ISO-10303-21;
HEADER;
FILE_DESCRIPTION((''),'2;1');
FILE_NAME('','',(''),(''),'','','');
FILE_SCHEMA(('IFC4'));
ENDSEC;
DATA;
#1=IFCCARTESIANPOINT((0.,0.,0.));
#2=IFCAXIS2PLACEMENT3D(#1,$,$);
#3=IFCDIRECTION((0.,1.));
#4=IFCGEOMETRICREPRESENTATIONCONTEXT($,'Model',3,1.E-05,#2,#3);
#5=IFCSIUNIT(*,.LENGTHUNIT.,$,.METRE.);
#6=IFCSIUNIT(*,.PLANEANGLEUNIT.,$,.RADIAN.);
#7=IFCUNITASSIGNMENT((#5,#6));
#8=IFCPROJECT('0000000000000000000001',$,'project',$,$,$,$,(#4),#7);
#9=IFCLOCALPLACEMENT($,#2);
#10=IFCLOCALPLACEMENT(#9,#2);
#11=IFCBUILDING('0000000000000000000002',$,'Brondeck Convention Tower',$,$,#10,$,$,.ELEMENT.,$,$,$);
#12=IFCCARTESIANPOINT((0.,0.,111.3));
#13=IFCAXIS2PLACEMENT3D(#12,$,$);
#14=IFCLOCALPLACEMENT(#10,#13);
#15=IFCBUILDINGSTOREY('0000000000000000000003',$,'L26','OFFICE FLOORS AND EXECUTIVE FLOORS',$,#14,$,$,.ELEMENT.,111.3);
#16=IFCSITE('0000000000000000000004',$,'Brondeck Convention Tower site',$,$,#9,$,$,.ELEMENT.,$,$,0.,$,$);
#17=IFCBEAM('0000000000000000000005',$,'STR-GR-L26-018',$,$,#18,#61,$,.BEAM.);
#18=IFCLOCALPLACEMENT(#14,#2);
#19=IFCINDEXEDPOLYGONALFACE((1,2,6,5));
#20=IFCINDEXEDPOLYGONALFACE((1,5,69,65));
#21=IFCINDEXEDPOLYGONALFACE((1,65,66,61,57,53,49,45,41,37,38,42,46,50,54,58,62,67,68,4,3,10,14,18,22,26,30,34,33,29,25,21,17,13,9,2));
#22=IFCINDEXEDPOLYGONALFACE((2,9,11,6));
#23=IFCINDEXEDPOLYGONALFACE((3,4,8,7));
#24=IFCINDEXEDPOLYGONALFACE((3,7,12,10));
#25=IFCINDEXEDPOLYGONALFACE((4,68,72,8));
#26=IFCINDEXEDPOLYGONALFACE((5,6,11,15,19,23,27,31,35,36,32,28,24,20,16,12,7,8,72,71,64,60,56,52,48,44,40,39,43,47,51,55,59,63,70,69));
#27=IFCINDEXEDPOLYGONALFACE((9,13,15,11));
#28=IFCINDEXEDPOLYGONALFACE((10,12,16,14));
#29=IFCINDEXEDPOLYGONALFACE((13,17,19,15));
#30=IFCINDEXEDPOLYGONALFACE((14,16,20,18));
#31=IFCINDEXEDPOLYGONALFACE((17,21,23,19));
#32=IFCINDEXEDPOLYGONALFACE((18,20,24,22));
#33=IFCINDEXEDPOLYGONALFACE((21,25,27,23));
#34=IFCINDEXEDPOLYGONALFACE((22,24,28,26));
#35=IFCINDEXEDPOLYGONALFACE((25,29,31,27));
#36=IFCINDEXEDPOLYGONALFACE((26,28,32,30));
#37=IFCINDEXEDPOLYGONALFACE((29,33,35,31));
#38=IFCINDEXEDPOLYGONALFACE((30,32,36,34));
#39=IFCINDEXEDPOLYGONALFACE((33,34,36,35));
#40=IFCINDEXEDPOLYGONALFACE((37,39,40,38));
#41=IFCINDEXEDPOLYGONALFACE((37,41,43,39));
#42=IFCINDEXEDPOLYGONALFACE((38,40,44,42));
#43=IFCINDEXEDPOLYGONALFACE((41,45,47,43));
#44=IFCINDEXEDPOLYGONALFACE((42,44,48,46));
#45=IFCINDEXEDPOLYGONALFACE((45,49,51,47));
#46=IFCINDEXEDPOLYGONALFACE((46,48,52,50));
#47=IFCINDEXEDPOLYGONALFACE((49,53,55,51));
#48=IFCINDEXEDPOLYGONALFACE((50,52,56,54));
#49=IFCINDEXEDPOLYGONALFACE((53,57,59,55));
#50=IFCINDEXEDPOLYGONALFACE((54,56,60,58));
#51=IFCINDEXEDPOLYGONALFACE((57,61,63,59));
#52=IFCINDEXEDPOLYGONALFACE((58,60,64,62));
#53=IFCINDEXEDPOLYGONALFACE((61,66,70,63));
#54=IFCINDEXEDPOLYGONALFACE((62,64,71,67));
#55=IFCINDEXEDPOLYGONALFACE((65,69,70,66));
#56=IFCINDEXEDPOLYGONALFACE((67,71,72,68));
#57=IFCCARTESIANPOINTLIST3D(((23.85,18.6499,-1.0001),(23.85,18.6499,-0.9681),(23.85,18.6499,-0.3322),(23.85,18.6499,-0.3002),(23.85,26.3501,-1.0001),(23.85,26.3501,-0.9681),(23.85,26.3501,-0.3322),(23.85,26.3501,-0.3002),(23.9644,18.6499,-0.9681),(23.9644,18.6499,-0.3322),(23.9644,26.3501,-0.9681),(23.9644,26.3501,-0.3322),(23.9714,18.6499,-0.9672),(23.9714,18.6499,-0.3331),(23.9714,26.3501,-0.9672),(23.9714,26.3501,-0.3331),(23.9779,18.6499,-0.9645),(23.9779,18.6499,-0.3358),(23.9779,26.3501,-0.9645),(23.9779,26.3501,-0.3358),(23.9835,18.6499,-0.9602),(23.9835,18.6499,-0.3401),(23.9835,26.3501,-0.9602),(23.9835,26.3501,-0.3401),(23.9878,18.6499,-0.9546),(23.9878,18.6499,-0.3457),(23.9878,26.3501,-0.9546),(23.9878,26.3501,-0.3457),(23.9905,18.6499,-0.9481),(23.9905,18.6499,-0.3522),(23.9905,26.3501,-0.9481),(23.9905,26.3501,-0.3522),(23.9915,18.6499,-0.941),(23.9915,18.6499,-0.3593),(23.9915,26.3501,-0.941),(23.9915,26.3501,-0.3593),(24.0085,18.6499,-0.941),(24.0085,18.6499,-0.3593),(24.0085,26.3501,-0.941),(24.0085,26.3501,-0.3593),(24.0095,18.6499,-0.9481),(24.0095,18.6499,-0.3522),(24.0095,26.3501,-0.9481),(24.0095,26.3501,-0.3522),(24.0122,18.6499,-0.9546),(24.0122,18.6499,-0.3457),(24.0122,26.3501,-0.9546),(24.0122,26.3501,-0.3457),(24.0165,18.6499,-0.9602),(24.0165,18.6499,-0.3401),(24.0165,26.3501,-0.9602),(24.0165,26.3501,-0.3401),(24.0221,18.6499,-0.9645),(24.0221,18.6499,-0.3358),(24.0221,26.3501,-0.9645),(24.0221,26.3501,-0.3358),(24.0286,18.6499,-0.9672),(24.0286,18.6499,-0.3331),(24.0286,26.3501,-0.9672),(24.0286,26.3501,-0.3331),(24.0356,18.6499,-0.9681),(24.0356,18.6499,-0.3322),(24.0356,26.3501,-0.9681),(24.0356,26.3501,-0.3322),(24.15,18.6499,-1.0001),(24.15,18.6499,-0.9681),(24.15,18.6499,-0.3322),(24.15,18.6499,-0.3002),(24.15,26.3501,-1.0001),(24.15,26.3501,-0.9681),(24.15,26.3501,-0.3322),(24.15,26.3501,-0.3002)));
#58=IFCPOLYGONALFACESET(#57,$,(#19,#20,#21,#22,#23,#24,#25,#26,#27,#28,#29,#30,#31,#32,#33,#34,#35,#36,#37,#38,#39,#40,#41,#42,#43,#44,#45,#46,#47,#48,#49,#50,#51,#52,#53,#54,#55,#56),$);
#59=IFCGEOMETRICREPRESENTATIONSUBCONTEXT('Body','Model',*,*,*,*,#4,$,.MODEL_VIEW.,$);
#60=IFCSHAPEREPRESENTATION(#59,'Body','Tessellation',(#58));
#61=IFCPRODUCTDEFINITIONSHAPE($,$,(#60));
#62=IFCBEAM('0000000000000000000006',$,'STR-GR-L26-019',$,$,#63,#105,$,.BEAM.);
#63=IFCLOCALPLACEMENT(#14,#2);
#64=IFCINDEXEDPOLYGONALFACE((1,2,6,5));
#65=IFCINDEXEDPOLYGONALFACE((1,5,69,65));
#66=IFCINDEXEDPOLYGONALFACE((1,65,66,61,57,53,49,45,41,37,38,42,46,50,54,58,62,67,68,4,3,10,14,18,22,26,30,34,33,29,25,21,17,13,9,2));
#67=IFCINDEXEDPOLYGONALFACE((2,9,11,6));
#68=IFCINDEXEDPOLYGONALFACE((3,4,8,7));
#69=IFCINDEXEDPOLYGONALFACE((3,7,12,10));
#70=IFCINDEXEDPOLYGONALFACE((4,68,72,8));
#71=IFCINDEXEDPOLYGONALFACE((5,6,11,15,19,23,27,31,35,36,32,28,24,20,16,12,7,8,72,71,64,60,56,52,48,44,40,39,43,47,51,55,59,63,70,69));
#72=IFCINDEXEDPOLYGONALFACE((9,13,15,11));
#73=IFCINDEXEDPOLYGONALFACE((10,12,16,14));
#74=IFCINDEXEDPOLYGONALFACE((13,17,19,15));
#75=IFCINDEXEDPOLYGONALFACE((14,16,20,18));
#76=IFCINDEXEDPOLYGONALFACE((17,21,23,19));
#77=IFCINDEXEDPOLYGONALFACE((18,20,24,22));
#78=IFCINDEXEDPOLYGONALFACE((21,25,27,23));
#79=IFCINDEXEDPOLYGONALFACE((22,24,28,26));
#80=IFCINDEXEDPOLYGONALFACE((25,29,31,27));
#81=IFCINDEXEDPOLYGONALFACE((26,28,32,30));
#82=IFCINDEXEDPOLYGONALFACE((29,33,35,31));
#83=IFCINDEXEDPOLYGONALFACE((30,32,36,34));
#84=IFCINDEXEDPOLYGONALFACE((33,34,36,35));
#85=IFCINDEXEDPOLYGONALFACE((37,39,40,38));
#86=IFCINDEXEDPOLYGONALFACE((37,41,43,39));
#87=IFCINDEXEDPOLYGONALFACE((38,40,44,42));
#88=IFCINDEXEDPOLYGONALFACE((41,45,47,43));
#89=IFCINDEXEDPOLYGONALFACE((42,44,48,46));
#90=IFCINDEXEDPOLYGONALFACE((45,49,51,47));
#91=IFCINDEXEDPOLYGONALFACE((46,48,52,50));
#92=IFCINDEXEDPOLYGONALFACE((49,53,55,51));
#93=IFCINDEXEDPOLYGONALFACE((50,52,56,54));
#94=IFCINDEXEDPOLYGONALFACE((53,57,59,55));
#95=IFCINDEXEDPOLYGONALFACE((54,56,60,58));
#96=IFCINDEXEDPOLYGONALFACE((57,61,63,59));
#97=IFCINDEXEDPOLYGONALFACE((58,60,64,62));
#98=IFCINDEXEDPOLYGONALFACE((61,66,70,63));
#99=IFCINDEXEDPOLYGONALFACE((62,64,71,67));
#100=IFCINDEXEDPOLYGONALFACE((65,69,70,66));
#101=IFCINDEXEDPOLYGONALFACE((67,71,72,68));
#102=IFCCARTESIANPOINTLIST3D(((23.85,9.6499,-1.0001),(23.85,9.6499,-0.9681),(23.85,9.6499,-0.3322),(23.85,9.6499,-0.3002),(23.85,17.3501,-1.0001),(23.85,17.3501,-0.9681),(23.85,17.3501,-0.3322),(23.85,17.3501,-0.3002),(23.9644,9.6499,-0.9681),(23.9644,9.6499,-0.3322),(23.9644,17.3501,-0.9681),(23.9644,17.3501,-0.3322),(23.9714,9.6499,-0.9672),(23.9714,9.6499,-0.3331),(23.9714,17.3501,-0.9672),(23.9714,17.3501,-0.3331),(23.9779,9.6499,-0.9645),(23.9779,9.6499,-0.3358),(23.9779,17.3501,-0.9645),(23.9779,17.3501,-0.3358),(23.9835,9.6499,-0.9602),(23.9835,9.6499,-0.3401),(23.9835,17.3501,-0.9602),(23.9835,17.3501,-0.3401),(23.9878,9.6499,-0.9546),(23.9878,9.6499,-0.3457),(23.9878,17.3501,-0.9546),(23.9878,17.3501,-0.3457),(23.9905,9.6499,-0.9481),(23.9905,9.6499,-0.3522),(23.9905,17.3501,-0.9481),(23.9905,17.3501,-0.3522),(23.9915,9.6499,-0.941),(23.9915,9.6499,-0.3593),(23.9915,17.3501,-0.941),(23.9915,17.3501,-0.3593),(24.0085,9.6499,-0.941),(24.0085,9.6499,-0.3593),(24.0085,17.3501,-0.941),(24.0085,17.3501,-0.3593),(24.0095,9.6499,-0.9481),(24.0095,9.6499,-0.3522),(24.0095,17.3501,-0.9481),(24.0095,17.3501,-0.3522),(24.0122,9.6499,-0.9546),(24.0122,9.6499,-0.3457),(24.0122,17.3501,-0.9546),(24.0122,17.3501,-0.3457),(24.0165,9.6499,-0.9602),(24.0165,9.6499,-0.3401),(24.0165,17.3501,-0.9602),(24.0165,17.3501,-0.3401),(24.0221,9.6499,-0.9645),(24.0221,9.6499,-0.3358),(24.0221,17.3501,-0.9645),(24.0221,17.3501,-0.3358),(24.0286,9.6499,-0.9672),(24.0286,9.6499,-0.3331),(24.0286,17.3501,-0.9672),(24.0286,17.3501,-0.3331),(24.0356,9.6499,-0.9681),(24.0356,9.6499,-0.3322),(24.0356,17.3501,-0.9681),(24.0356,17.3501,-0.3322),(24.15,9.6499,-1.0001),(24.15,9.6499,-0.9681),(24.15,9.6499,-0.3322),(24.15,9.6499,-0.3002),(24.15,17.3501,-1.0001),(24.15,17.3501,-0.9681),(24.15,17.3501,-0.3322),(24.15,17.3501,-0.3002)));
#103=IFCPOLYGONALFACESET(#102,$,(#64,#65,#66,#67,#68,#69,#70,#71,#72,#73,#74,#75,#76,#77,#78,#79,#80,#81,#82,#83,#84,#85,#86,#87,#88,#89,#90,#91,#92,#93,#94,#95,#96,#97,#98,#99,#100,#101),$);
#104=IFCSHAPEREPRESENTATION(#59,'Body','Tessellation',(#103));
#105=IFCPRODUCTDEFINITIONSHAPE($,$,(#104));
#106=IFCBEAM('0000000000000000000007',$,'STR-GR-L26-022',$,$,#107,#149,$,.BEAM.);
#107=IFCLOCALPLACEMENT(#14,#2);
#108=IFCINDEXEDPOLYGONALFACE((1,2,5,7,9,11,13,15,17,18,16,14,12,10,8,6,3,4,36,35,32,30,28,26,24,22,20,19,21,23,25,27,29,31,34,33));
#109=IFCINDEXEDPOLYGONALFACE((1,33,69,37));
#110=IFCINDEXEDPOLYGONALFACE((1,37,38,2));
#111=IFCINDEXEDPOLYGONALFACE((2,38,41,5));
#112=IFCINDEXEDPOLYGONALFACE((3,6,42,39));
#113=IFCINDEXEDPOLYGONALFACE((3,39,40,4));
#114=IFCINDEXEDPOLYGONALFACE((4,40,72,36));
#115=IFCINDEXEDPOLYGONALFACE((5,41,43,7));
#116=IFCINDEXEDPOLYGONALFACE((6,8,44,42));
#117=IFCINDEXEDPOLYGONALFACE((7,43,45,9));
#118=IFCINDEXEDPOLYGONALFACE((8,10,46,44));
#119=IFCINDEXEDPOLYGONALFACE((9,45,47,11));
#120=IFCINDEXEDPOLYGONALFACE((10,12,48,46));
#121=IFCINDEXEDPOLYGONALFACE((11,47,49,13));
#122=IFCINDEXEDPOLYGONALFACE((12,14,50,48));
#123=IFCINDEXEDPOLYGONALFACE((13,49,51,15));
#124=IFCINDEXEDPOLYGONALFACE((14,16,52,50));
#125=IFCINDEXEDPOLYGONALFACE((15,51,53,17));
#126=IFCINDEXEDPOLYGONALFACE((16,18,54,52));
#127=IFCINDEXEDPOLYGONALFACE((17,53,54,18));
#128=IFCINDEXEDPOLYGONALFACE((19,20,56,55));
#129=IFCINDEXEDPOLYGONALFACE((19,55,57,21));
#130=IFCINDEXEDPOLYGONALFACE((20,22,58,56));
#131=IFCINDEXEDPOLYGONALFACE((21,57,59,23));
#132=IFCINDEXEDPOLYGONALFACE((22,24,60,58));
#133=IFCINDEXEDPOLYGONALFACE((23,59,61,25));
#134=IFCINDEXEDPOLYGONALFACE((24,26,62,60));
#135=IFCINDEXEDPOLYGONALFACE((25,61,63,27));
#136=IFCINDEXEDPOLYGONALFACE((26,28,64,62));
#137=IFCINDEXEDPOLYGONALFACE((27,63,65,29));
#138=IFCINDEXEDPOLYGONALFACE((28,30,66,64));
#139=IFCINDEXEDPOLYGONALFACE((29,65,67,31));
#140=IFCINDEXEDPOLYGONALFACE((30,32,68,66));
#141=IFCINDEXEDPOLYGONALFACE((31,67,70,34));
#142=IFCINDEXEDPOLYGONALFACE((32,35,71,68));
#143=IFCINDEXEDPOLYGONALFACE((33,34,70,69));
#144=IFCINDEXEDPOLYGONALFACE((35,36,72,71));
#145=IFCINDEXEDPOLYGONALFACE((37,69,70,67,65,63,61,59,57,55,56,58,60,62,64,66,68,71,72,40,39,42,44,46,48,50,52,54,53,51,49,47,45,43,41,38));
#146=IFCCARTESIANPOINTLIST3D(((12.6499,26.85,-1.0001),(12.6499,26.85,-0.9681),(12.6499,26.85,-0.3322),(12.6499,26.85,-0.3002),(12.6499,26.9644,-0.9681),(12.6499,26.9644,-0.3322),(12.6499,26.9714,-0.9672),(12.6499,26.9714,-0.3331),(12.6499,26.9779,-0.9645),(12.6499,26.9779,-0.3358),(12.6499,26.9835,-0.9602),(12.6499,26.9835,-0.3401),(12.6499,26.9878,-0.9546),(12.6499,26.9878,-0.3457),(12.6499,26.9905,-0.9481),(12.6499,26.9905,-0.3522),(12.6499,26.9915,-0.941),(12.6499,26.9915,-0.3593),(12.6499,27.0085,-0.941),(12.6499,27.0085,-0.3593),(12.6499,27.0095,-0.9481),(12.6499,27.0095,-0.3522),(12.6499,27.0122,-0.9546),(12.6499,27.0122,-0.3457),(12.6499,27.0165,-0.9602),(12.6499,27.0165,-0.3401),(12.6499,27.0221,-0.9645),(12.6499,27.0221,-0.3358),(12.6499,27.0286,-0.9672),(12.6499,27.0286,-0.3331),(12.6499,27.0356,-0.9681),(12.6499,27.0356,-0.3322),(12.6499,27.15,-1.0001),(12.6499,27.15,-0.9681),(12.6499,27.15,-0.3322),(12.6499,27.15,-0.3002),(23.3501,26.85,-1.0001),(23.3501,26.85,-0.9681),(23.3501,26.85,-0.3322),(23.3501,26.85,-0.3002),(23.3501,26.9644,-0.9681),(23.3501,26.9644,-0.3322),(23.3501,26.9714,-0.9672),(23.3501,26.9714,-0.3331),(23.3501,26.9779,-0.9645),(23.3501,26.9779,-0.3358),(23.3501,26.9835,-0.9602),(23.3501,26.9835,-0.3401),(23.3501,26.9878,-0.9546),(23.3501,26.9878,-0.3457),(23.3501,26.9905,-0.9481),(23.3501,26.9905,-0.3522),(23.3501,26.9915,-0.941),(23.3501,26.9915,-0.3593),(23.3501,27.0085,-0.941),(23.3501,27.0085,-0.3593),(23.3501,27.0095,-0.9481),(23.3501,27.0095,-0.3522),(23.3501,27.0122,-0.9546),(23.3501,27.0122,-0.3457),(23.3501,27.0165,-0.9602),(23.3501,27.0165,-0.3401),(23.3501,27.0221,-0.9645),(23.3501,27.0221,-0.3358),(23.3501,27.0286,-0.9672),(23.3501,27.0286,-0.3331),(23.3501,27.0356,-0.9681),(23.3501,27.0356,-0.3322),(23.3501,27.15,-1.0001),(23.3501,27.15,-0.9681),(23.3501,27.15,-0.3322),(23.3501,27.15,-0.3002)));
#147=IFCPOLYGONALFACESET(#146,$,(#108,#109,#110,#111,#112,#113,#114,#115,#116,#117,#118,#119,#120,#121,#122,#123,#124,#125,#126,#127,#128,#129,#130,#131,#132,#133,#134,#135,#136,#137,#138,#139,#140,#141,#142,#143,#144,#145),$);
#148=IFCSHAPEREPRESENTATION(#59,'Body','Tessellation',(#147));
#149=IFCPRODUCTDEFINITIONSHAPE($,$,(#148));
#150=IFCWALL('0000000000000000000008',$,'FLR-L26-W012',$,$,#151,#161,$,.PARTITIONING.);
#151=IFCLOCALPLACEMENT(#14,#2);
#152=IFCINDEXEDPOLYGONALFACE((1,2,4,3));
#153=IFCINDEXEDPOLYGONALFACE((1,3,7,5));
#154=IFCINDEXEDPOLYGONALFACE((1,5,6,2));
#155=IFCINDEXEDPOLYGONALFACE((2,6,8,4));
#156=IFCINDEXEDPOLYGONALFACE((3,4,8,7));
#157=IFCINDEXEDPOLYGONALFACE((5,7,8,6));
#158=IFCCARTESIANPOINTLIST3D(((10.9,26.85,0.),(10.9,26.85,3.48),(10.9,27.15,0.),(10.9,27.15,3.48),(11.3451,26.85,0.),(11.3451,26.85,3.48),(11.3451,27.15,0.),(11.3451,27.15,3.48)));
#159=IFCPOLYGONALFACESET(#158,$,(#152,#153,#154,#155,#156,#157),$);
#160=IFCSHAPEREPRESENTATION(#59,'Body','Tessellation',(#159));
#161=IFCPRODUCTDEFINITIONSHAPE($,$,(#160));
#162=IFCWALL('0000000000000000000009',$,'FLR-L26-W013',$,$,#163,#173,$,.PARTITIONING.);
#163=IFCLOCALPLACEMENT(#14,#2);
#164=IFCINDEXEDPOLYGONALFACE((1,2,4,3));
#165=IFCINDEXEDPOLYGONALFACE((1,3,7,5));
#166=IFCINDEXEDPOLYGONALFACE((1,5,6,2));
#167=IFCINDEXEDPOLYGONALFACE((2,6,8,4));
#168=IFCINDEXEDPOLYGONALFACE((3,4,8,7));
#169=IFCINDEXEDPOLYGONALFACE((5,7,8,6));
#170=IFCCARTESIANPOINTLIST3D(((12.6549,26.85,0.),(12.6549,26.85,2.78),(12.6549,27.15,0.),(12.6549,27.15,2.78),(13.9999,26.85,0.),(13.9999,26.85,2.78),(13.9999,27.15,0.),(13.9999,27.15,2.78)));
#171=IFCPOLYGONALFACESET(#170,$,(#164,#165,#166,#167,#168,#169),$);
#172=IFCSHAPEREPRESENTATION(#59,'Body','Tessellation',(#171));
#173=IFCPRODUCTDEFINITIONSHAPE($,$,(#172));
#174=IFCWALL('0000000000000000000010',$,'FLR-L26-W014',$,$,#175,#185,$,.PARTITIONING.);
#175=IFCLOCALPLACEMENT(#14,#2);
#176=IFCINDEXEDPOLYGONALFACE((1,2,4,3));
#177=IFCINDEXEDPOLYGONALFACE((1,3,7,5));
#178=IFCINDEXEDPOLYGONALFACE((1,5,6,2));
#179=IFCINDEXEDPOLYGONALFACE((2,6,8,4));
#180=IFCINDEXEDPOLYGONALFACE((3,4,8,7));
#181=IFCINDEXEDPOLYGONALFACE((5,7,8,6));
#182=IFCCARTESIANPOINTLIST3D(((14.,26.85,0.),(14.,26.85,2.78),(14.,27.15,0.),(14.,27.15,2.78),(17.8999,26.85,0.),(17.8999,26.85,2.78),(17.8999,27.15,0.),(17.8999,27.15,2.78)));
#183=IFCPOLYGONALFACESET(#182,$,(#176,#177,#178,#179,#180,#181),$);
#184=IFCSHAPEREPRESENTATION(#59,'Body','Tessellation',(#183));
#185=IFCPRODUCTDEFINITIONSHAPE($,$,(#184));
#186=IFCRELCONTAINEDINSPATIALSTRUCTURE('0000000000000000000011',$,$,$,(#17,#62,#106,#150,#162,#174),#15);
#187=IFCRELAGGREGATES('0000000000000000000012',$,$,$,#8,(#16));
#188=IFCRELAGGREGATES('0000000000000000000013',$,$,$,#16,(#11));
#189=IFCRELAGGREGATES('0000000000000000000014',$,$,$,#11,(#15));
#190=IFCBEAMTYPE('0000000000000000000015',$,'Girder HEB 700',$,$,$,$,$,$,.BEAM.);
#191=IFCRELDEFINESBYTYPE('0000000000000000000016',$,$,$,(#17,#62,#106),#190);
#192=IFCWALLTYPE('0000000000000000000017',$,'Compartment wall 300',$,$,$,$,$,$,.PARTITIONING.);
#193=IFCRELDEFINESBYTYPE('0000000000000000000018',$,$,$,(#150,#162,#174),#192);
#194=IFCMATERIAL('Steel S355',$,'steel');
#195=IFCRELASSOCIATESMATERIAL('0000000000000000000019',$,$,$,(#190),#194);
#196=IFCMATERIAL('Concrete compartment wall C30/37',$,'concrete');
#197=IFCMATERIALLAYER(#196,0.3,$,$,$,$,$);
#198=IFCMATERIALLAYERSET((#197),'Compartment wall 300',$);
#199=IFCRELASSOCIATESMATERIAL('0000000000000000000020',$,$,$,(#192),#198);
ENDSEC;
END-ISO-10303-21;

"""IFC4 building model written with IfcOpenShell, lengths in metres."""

from ifc_helpers import new_model, si_unit, direction, frame, frame_2d, origin, origin_2d, place, context, subcontext, project, spatial, rectangle, i_section, extrude, material, layer, layer_set, material_profile, profile_set, type_object, element, save


model = new_model("IFC4")

# Units and contexts
model_context = context("Model", 3, precision=1e-05, world=origin(), true_north=direction((0.0, 1.0)))
body_context = subcontext(model_context, "Body", "Model", "MODEL_VIEW")
ifc_project = project(units=[si_unit("LENGTHUNIT", "METRE"), si_unit("PLANEANGLEUNIT", "RADIAN")], contexts=[model_context])

# Site, building, storey
site_placement = place(None, origin())
site = spatial("IfcSite", under=ifc_project, at=site_placement, Name="Brondeck Convention Tower site", CompositionType="ELEMENT", RefElevation=0.0)
building_placement = place(site_placement, origin())
building = spatial("IfcBuilding", under=site, at=building_placement, Name="Brondeck Convention Tower", CompositionType="ELEMENT")
storey_placement = place(building_placement, frame((0.0, 0.0, 111.3)))
storey = spatial("IfcBuildingStorey", under=building, at=storey_placement, Name="L26", Description="OFFICE FLOORS AND EXECUTIVE FLOORS", CompositionType="ELEMENT", Elevation=111.3)

# Beams
ifc_material_1 = material(Name="Steel S355", Category="steel")
ifc_material_profile_1 = material_profile(ifc_material_1, i_section(OverallWidth=0.3, OverallDepth=0.7, WebThickness=0.0171, FlangeThickness=0.032, FilletRadius=0.0271, at=origin_2d()), Name="HEB 700")
ifc_profile_set_1 = profile_set([ifc_material_profile_1], Name="Steel S355")
beam_type_1 = type_object("IfcBeamType", Name="Girder HEB 700", PredefinedType="BEAM", material=ifc_profile_set_1)
for number, where, z_axis, x_axis, name in (
    (1, (24.0, 26.3501, -0.6501), (0.0, -1.0, 0.0), (1.0, 0.0, 0.0), "STR-GR-L26-018"),
    (2, (24.0, 17.3501, -0.6501), (0.0, -1.0, 0.0), (1.0, 0.0, 0.0), "STR-GR-L26-019"),
):
    element("IfcBeam", number, at=place(storey_placement, frame(where, z_axis=z_axis, x_axis=x_axis)), inside=storey, type_object=beam_type_1, Name=name, PredefinedType="BEAM", context=body_context, shape_type="SweptSolid", body=[
        extrude(i_section(OverallWidth=0.3, OverallDepth=0.7, WebThickness=0.0171, FlangeThickness=0.032, FilletRadius=0.0271, at=origin_2d()), origin(), (0.0, 0.0, 1.0), 7.7002),
    ])
beam_1_placement = place(storey_placement, frame((12.6499, 27.0, -0.6501), z_axis=(1.0, 0.0, 0.0), x_axis=(0.0, 1.0, 0.0)))
element("IfcBeam", 3, at=beam_1_placement, inside=storey, type_object=beam_type_1, Name="STR-GR-L26-022", PredefinedType="BEAM", context=body_context, shape_type="SweptSolid", body=[
    extrude(i_section(OverallWidth=0.3, OverallDepth=0.7, WebThickness=0.0171, FlangeThickness=0.032, FilletRadius=0.0271, at=origin_2d()), origin(), (0.0, 0.0, 1.0), 10.7002),
])

# Walls
ifc_material_2 = material(Name="Concrete compartment wall C30/37", Category="concrete")
ifc_layer_1 = layer(ifc_material_2, 0.3)
ifc_layer_set_1 = layer_set([ifc_layer_1], Name="Compartment wall 300")
wall_type_1 = type_object("IfcWallType", Name="Compartment wall 300", PredefinedType="PARTITIONING", material=ifc_layer_set_1)
wall_1_placement = place(storey_placement, frame((10.8999, 27.0, 0.0), z_axis=(0.0, 0.0, 1.0), x_axis=(1.0, 0.0, 0.0)))
element("IfcWall", 4, at=wall_1_placement, inside=storey, type_object=wall_type_1, Name="FLR-L26-W012", PredefinedType="PARTITIONING", context=body_context, shape_type="SweptSolid", body=[
    extrude(rectangle(XDim=0.4451, YDim=0.3, at=frame_2d((0.2227, 0.0))), origin(), (0.0, 0.0, 1.0), 3.48),
])
wall_2_placement = place(storey_placement, frame((12.655, 27.0, 0.0), z_axis=(0.0, 0.0, 1.0), x_axis=(1.0, 0.0, 0.0)))
element("IfcWall", 5, at=wall_2_placement, inside=storey, type_object=wall_type_1, Name="FLR-L26-W013", PredefinedType="PARTITIONING", context=body_context, shape_type="SweptSolid", body=[
    extrude(rectangle(XDim=1.345, YDim=0.3, at=frame_2d((0.6724, 0.0))), origin(), (0.0, 0.0, 1.0), 2.78),
])
wall_3_placement = place(storey_placement, frame((14.0, 27.0, 0.0), z_axis=(0.0, 0.0, 1.0), x_axis=(1.0, 0.0, 0.0)))
element("IfcWall", 6, at=wall_3_placement, inside=storey, type_object=wall_type_1, Name="FLR-L26-W014", PredefinedType="PARTITIONING", context=body_context, shape_type="SweptSolid", body=[
    extrude(rectangle(XDim=3.8999, YDim=0.3, at=frame_2d((1.95, 0.0))), origin(), (0.0, 0.0, 1.0), 2.78),
])

save(model, "model.ifc")
